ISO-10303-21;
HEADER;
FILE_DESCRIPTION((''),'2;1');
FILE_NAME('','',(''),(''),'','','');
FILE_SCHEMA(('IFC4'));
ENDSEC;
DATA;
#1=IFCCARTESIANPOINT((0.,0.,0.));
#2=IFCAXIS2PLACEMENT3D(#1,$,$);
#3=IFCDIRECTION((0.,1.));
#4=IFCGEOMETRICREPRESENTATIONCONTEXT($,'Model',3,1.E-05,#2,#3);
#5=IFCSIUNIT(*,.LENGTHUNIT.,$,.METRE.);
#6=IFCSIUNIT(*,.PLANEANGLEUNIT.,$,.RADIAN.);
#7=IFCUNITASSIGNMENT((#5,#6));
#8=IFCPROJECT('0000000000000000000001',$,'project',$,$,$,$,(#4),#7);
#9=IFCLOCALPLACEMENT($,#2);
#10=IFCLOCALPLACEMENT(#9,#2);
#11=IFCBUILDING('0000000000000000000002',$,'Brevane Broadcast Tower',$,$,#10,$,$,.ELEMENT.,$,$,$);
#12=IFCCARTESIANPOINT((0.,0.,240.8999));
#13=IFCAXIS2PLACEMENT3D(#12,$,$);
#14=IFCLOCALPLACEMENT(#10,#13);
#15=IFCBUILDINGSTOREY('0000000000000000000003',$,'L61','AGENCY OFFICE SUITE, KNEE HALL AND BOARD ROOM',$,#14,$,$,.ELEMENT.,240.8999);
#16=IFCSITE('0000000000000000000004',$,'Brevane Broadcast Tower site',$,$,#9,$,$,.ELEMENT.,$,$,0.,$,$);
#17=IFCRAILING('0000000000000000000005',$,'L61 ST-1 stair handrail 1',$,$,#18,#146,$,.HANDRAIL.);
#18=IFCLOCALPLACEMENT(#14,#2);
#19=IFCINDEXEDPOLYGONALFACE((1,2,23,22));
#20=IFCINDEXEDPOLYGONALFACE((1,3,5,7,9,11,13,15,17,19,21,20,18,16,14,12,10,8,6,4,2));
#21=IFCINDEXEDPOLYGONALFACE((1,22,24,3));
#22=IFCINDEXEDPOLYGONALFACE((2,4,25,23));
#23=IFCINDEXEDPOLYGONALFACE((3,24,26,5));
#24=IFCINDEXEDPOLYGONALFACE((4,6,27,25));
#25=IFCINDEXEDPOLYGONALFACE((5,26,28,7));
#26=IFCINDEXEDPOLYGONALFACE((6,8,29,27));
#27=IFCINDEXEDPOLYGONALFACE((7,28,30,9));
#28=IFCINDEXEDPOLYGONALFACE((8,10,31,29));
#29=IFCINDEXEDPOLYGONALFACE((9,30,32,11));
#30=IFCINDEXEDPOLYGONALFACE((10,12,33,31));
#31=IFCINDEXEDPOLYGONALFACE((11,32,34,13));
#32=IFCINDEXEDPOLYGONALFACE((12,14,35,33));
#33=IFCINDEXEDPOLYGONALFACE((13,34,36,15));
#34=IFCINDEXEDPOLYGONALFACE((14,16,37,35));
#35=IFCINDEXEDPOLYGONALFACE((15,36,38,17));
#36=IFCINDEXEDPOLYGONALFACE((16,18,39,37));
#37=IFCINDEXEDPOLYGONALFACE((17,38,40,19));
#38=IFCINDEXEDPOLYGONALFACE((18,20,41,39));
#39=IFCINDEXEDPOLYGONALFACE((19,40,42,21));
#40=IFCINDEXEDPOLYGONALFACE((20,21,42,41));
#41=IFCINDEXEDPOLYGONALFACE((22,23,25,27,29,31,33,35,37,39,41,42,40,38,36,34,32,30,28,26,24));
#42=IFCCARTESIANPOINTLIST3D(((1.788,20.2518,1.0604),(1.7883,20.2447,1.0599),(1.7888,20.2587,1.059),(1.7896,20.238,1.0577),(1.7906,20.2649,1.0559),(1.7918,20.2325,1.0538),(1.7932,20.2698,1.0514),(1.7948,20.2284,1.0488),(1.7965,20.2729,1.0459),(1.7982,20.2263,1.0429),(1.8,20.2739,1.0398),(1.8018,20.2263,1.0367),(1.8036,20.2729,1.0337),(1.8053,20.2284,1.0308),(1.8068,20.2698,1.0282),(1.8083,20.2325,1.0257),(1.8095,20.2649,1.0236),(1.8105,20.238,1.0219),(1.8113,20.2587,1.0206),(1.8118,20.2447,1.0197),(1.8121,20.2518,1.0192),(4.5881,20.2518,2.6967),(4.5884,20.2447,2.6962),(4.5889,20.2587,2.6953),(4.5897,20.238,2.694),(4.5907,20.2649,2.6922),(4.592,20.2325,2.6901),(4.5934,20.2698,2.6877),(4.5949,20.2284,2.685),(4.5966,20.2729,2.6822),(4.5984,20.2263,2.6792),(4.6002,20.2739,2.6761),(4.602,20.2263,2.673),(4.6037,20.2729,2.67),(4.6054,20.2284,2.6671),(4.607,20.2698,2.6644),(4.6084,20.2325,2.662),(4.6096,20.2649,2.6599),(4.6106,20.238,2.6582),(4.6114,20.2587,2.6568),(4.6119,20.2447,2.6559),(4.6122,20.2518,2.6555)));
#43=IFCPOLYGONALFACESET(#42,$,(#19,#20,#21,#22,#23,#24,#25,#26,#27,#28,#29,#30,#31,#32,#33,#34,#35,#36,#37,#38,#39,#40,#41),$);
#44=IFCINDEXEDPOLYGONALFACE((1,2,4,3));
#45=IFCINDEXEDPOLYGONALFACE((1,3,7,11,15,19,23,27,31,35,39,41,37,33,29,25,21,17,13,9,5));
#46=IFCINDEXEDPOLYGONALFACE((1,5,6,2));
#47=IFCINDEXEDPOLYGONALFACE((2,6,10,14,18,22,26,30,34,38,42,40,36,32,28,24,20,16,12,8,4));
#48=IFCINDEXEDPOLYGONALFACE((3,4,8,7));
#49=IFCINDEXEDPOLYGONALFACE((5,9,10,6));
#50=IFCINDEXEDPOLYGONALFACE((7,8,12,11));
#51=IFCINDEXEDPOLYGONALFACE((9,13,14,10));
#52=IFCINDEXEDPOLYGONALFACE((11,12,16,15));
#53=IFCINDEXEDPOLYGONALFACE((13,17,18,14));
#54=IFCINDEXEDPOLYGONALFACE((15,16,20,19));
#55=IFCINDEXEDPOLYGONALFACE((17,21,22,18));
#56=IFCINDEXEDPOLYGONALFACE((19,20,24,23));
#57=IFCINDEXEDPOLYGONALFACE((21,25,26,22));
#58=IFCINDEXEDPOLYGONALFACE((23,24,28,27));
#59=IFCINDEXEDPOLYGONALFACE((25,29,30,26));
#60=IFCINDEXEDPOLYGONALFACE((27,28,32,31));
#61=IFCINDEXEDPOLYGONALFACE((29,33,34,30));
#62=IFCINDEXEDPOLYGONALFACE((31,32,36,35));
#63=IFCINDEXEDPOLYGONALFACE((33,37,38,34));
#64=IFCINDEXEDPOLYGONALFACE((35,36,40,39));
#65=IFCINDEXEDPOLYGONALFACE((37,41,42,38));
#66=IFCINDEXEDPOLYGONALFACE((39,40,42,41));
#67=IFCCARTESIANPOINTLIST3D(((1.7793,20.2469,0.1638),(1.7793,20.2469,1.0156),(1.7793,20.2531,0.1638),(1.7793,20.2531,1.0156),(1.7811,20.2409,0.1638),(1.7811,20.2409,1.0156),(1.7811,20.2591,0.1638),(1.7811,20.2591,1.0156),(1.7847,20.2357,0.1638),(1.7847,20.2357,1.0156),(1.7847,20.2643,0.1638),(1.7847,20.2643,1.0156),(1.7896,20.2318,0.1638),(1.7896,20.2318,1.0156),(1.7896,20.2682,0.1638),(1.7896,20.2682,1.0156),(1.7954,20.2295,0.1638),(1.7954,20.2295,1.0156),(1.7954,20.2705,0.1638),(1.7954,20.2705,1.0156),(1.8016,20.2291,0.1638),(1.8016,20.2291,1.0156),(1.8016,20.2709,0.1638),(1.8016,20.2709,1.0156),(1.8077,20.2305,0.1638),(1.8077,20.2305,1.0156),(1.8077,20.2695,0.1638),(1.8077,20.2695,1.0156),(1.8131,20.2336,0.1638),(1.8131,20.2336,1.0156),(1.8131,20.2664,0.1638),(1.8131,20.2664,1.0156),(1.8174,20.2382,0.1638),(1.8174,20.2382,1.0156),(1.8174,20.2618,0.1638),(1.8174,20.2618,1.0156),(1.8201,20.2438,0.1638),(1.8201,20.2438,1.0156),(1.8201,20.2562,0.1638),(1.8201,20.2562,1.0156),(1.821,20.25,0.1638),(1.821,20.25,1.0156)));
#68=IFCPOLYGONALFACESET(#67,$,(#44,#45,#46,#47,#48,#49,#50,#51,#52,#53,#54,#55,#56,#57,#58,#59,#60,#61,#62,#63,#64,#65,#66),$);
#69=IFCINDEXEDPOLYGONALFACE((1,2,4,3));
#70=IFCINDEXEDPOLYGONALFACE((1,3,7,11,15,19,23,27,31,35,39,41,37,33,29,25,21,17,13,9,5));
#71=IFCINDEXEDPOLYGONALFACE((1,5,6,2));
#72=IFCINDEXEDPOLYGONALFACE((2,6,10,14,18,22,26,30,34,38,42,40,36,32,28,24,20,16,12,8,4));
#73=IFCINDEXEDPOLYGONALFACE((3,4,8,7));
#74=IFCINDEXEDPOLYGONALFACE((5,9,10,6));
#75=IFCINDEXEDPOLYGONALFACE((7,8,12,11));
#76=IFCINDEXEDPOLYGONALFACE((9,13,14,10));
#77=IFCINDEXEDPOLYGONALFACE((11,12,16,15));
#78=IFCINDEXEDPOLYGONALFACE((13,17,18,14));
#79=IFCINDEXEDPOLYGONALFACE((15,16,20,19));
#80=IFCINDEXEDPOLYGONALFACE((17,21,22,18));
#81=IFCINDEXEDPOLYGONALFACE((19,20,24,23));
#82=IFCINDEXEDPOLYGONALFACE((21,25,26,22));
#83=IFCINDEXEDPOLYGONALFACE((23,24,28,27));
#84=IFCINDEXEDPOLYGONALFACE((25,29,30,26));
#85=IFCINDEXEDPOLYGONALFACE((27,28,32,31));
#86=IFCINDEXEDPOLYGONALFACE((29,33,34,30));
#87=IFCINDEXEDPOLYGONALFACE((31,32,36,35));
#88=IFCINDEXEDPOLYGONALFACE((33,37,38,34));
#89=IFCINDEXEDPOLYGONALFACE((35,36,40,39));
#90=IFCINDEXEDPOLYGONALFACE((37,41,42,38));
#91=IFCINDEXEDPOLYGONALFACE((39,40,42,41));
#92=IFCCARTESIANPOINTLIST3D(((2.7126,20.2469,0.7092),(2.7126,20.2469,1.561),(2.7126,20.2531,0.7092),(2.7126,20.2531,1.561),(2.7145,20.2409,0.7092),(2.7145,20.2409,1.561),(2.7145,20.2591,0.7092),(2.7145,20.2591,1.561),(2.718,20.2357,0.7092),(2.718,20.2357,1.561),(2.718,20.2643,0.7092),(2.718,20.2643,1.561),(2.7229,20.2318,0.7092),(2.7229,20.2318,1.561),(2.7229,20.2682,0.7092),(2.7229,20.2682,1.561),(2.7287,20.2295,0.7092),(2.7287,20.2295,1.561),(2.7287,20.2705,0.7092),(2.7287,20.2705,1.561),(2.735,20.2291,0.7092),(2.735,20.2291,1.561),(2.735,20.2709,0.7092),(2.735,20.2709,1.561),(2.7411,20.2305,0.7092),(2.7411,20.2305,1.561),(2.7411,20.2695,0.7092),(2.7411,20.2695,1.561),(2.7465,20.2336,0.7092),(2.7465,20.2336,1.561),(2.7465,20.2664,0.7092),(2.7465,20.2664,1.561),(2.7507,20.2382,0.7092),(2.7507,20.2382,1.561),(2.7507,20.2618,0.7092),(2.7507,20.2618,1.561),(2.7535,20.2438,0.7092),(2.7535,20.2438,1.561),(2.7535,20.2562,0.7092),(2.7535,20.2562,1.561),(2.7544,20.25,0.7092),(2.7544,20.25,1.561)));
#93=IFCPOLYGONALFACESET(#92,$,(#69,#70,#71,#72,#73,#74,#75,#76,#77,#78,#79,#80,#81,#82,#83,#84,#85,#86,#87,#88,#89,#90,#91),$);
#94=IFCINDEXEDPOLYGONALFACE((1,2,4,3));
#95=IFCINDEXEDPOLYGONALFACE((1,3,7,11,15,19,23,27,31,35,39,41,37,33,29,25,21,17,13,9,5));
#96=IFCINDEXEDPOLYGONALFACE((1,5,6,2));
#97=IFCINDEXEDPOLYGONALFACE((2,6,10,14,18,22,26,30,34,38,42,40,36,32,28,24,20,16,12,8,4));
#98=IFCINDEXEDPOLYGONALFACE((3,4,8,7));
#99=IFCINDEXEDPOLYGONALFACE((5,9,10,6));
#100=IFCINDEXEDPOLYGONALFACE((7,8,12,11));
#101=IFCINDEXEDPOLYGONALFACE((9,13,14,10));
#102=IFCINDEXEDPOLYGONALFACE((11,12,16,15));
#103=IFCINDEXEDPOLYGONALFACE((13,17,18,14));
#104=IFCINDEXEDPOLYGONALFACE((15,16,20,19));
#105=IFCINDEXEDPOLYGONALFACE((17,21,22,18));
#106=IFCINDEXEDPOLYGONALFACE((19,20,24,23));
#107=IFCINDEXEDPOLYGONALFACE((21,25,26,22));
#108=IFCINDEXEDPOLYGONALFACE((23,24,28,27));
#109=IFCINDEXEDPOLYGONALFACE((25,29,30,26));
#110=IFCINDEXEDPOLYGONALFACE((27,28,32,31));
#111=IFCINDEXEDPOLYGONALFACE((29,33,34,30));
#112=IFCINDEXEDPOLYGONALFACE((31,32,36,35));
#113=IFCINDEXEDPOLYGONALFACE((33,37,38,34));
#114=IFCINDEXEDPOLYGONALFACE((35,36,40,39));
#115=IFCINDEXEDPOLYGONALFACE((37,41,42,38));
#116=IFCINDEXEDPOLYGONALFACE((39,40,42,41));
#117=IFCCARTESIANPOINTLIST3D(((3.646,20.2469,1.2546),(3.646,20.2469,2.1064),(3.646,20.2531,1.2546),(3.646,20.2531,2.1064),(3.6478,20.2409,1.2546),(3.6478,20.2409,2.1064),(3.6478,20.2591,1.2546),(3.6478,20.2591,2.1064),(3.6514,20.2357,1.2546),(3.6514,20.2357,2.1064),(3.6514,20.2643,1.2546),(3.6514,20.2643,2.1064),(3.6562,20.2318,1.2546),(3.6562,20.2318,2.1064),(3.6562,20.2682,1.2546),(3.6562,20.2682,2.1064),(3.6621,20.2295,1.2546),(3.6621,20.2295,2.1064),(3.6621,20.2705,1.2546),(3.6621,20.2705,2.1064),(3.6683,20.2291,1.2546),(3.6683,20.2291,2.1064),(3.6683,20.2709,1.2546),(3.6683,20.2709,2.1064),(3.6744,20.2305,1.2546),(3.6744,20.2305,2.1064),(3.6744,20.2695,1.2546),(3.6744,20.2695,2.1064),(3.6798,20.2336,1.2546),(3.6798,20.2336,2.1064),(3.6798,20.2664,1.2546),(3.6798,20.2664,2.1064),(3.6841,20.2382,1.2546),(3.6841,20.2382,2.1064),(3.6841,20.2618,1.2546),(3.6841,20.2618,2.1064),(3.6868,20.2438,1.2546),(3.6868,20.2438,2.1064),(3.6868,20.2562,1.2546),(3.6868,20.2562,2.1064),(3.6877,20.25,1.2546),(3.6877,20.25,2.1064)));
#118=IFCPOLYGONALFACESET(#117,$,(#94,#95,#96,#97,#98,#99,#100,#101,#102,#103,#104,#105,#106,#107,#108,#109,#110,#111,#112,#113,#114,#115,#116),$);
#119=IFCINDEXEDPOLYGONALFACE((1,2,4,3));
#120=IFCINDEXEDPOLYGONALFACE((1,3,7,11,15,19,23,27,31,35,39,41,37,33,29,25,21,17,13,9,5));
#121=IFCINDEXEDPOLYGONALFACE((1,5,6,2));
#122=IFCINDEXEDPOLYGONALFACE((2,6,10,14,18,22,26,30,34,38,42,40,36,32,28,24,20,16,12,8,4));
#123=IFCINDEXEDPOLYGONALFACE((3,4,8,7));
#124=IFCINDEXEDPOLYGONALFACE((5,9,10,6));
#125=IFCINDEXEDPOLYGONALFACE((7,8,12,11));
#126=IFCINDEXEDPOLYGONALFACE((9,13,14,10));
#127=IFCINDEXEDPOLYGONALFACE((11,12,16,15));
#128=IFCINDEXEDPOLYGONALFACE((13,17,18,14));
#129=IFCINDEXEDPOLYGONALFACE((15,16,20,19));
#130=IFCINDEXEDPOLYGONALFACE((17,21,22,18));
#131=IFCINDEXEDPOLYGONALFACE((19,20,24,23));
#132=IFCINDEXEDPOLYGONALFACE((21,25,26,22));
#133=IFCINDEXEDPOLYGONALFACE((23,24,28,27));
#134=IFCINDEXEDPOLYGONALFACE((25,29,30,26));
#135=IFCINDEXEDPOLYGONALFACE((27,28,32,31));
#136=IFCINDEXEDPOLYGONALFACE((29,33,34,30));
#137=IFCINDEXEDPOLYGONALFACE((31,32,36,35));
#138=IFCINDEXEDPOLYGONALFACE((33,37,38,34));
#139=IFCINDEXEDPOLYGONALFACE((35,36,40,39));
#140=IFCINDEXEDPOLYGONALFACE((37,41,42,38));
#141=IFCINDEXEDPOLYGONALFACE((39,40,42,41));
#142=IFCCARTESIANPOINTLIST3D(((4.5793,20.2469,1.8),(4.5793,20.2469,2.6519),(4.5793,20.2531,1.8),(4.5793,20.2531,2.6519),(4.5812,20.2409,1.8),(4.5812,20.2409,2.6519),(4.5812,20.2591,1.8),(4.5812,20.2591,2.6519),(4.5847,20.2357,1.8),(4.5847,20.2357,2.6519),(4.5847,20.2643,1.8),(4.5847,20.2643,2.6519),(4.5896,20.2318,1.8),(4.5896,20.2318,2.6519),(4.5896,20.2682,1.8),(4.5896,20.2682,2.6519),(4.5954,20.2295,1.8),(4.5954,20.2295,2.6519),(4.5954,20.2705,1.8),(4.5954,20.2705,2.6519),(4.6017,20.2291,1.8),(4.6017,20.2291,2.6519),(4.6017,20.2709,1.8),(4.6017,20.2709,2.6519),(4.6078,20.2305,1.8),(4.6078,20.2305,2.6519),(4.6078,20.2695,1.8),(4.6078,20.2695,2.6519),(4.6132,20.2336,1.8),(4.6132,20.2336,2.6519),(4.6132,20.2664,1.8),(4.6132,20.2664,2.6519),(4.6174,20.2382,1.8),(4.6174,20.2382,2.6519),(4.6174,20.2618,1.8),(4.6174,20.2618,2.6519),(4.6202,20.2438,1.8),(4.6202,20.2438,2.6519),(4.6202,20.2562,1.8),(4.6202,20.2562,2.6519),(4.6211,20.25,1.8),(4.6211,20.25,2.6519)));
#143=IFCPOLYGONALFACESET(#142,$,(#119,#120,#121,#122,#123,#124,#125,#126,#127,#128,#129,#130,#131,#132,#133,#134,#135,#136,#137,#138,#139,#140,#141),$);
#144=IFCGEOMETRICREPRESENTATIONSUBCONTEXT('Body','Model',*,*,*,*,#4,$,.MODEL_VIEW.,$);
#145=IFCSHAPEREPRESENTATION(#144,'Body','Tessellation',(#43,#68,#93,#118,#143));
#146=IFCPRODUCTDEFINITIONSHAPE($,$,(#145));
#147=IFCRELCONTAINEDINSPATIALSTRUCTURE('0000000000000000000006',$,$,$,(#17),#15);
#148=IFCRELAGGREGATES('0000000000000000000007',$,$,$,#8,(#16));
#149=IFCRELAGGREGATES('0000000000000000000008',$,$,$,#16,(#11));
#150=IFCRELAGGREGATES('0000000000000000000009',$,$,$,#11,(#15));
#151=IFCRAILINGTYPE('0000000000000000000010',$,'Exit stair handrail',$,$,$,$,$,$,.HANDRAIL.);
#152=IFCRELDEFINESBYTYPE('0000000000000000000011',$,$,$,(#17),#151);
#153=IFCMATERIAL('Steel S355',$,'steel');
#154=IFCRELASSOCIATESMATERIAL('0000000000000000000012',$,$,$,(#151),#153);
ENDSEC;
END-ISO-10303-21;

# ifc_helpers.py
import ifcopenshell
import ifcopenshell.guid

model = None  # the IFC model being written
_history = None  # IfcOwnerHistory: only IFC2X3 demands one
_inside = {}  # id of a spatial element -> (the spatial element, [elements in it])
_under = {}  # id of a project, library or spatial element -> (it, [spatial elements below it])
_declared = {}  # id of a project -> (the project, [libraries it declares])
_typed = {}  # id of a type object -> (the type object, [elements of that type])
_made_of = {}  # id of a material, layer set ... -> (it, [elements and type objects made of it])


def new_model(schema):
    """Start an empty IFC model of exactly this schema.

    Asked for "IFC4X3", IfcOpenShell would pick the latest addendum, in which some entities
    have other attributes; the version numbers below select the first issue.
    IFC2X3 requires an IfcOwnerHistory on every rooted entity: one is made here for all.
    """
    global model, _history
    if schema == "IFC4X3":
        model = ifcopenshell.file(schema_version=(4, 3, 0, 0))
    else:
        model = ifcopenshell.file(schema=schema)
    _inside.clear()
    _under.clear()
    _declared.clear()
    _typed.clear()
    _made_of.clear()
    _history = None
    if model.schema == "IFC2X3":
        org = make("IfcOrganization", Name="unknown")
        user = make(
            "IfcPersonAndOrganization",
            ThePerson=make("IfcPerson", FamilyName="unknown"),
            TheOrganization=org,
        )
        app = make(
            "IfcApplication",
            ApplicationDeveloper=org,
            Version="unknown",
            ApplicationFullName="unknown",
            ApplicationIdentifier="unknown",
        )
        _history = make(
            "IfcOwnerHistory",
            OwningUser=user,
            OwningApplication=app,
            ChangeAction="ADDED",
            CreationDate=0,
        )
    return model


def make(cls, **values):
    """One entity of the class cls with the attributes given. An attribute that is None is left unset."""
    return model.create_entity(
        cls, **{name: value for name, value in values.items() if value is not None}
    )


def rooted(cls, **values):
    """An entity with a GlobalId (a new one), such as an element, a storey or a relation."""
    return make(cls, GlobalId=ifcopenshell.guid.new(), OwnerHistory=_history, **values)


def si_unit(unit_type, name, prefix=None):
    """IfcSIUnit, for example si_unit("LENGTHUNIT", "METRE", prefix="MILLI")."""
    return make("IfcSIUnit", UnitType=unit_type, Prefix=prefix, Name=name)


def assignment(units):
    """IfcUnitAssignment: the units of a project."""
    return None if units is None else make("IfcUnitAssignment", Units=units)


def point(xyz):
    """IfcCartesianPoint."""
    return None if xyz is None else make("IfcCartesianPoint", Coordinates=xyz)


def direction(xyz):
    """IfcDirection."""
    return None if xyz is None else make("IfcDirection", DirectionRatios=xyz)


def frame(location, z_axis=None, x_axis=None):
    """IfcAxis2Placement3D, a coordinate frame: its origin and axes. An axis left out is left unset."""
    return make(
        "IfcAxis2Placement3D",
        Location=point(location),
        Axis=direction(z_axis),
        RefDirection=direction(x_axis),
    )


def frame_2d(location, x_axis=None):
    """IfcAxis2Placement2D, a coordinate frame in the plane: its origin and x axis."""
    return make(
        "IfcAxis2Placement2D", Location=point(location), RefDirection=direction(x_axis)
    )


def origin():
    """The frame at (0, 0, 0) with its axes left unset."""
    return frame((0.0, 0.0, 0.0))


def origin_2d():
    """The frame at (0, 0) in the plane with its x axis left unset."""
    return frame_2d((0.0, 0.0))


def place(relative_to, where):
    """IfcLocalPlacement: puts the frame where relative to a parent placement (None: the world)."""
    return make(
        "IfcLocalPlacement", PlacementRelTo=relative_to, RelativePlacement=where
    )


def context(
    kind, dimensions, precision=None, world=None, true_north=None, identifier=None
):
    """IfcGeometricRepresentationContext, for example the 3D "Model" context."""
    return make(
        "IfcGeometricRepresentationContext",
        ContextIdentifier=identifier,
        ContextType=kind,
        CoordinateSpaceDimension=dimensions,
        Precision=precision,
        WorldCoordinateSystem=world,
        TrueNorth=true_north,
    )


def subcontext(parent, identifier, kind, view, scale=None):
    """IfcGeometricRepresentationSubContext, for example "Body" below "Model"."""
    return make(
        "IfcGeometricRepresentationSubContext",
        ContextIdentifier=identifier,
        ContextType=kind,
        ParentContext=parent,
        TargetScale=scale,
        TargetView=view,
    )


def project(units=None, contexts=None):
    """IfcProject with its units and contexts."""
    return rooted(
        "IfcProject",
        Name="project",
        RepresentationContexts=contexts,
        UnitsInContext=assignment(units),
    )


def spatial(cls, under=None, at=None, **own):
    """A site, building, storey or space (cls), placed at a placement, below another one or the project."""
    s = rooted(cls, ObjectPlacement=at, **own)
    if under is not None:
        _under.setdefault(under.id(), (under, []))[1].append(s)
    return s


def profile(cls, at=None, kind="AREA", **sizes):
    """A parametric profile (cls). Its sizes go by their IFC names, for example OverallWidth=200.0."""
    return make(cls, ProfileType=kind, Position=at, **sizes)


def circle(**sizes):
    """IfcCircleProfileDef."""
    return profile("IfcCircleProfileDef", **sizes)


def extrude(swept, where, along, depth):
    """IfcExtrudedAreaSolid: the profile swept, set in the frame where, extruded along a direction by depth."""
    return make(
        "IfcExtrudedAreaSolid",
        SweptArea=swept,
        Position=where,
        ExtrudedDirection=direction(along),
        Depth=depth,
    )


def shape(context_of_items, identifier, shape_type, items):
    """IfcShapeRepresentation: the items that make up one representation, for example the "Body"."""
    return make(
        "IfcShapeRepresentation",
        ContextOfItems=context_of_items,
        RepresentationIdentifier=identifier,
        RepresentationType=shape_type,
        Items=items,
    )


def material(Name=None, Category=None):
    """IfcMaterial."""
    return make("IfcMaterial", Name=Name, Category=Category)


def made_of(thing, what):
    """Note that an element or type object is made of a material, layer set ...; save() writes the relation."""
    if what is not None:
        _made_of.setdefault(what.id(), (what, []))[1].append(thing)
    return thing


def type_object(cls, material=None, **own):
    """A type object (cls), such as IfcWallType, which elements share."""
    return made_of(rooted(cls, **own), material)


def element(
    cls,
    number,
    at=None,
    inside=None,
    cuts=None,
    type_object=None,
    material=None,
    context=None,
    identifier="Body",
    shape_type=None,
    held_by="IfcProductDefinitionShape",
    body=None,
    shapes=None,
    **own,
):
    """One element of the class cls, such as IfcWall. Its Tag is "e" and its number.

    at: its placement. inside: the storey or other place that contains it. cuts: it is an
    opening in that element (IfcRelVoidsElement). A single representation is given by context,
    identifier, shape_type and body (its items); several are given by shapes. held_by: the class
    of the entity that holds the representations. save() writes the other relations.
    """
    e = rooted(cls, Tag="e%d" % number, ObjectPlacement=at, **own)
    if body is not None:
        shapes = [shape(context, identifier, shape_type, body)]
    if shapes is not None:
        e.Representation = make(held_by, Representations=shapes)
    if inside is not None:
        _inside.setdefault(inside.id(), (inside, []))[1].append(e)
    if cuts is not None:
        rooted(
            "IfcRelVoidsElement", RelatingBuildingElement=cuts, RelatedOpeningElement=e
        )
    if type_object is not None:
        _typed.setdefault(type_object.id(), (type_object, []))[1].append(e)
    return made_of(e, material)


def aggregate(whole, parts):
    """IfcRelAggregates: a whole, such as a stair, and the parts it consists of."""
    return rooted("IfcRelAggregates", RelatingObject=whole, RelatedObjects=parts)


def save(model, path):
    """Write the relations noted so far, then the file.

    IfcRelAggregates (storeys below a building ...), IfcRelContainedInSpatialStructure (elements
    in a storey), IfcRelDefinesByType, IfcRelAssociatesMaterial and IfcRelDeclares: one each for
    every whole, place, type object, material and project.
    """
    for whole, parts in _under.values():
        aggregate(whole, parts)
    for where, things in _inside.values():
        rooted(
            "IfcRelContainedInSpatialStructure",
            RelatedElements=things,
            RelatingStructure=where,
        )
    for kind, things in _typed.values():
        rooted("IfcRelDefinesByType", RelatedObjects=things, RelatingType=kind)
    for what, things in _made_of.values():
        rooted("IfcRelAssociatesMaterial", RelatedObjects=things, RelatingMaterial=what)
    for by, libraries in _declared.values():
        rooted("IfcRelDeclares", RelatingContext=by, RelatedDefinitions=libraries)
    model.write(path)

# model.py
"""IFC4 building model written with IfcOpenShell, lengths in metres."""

from ifc_helpers import new_model, si_unit, direction, frame, origin, origin_2d, place, context, subcontext, project, spatial, circle, extrude, material, type_object, element, save


model = new_model("IFC4")

# Units and contexts
model_context = context("Model", 3, precision=1e-05, world=origin(), true_north=direction((0.0, 1.0)))
body_context = subcontext(model_context, "Body", "Model", "MODEL_VIEW")
ifc_project = project(units=[si_unit("LENGTHUNIT", "METRE"), si_unit("PLANEANGLEUNIT", "RADIAN")], contexts=[model_context])

# Site, building, storey
site_placement = place(None, origin())
site = spatial("IfcSite", under=ifc_project, at=site_placement, Name="Brevane Broadcast Tower site", CompositionType="ELEMENT", RefElevation=0.0)
building_placement = place(site_placement, origin())
building = spatial("IfcBuilding", under=site, at=building_placement, Name="Brevane Broadcast Tower", CompositionType="ELEMENT")
storey_placement = place(building_placement, frame((0.0, 0.0, 240.8999)))
storey = spatial("IfcBuildingStorey", under=building, at=storey_placement, Name="L61", Description="AGENCY OFFICE SUITE, KNEE HALL AND BOARD ROOM", CompositionType="ELEMENT", Elevation=240.8999)

# Railing
ifc_material_1 = material(Name="Steel S355", Category="steel")
railing_type_1 = type_object("IfcRailingType", Name="Exit stair handrail", PredefinedType="HANDRAIL", material=ifc_material_1)
railing_1_placement = place(storey_placement, frame((1.8, 20.25, 0.1638)))
element("IfcRailing", 1, at=railing_1_placement, inside=storey, type_object=railing_type_1, Name="L61 ST-1 stair handrail 1", PredefinedType="HANDRAIL", context=body_context, shape_type="SweptSolid", body=[
    extrude(circle(Radius=0.0239, at=origin_2d()), frame((0.0, 0.0, 0.876), z_axis=(0.863394, 0.0, 0.504531), x_axis=(0.0, 1.0, 0.0)), (0.0, 0.0, 1.0), 3.2432),
    extrude(circle(Radius=0.021, at=origin_2d()), origin(), (0.0, 0.0, 1.0), 0.8518),
    extrude(circle(Radius=0.021, at=origin_2d()), frame((0.9333, 0.0, 0.5454)), (0.0, 0.0, 1.0), 0.8518),
    extrude(circle(Radius=0.021, at=origin_2d()), frame((1.8667, 0.0, 1.0908)), (0.0, 0.0, 1.0), 0.8518),
    extrude(circle(Radius=0.021, at=origin_2d()), frame((2.8, 0.0, 1.6362)), (0.0, 0.0, 1.0), 0.8518),
])

save(model, "model.ifc")
